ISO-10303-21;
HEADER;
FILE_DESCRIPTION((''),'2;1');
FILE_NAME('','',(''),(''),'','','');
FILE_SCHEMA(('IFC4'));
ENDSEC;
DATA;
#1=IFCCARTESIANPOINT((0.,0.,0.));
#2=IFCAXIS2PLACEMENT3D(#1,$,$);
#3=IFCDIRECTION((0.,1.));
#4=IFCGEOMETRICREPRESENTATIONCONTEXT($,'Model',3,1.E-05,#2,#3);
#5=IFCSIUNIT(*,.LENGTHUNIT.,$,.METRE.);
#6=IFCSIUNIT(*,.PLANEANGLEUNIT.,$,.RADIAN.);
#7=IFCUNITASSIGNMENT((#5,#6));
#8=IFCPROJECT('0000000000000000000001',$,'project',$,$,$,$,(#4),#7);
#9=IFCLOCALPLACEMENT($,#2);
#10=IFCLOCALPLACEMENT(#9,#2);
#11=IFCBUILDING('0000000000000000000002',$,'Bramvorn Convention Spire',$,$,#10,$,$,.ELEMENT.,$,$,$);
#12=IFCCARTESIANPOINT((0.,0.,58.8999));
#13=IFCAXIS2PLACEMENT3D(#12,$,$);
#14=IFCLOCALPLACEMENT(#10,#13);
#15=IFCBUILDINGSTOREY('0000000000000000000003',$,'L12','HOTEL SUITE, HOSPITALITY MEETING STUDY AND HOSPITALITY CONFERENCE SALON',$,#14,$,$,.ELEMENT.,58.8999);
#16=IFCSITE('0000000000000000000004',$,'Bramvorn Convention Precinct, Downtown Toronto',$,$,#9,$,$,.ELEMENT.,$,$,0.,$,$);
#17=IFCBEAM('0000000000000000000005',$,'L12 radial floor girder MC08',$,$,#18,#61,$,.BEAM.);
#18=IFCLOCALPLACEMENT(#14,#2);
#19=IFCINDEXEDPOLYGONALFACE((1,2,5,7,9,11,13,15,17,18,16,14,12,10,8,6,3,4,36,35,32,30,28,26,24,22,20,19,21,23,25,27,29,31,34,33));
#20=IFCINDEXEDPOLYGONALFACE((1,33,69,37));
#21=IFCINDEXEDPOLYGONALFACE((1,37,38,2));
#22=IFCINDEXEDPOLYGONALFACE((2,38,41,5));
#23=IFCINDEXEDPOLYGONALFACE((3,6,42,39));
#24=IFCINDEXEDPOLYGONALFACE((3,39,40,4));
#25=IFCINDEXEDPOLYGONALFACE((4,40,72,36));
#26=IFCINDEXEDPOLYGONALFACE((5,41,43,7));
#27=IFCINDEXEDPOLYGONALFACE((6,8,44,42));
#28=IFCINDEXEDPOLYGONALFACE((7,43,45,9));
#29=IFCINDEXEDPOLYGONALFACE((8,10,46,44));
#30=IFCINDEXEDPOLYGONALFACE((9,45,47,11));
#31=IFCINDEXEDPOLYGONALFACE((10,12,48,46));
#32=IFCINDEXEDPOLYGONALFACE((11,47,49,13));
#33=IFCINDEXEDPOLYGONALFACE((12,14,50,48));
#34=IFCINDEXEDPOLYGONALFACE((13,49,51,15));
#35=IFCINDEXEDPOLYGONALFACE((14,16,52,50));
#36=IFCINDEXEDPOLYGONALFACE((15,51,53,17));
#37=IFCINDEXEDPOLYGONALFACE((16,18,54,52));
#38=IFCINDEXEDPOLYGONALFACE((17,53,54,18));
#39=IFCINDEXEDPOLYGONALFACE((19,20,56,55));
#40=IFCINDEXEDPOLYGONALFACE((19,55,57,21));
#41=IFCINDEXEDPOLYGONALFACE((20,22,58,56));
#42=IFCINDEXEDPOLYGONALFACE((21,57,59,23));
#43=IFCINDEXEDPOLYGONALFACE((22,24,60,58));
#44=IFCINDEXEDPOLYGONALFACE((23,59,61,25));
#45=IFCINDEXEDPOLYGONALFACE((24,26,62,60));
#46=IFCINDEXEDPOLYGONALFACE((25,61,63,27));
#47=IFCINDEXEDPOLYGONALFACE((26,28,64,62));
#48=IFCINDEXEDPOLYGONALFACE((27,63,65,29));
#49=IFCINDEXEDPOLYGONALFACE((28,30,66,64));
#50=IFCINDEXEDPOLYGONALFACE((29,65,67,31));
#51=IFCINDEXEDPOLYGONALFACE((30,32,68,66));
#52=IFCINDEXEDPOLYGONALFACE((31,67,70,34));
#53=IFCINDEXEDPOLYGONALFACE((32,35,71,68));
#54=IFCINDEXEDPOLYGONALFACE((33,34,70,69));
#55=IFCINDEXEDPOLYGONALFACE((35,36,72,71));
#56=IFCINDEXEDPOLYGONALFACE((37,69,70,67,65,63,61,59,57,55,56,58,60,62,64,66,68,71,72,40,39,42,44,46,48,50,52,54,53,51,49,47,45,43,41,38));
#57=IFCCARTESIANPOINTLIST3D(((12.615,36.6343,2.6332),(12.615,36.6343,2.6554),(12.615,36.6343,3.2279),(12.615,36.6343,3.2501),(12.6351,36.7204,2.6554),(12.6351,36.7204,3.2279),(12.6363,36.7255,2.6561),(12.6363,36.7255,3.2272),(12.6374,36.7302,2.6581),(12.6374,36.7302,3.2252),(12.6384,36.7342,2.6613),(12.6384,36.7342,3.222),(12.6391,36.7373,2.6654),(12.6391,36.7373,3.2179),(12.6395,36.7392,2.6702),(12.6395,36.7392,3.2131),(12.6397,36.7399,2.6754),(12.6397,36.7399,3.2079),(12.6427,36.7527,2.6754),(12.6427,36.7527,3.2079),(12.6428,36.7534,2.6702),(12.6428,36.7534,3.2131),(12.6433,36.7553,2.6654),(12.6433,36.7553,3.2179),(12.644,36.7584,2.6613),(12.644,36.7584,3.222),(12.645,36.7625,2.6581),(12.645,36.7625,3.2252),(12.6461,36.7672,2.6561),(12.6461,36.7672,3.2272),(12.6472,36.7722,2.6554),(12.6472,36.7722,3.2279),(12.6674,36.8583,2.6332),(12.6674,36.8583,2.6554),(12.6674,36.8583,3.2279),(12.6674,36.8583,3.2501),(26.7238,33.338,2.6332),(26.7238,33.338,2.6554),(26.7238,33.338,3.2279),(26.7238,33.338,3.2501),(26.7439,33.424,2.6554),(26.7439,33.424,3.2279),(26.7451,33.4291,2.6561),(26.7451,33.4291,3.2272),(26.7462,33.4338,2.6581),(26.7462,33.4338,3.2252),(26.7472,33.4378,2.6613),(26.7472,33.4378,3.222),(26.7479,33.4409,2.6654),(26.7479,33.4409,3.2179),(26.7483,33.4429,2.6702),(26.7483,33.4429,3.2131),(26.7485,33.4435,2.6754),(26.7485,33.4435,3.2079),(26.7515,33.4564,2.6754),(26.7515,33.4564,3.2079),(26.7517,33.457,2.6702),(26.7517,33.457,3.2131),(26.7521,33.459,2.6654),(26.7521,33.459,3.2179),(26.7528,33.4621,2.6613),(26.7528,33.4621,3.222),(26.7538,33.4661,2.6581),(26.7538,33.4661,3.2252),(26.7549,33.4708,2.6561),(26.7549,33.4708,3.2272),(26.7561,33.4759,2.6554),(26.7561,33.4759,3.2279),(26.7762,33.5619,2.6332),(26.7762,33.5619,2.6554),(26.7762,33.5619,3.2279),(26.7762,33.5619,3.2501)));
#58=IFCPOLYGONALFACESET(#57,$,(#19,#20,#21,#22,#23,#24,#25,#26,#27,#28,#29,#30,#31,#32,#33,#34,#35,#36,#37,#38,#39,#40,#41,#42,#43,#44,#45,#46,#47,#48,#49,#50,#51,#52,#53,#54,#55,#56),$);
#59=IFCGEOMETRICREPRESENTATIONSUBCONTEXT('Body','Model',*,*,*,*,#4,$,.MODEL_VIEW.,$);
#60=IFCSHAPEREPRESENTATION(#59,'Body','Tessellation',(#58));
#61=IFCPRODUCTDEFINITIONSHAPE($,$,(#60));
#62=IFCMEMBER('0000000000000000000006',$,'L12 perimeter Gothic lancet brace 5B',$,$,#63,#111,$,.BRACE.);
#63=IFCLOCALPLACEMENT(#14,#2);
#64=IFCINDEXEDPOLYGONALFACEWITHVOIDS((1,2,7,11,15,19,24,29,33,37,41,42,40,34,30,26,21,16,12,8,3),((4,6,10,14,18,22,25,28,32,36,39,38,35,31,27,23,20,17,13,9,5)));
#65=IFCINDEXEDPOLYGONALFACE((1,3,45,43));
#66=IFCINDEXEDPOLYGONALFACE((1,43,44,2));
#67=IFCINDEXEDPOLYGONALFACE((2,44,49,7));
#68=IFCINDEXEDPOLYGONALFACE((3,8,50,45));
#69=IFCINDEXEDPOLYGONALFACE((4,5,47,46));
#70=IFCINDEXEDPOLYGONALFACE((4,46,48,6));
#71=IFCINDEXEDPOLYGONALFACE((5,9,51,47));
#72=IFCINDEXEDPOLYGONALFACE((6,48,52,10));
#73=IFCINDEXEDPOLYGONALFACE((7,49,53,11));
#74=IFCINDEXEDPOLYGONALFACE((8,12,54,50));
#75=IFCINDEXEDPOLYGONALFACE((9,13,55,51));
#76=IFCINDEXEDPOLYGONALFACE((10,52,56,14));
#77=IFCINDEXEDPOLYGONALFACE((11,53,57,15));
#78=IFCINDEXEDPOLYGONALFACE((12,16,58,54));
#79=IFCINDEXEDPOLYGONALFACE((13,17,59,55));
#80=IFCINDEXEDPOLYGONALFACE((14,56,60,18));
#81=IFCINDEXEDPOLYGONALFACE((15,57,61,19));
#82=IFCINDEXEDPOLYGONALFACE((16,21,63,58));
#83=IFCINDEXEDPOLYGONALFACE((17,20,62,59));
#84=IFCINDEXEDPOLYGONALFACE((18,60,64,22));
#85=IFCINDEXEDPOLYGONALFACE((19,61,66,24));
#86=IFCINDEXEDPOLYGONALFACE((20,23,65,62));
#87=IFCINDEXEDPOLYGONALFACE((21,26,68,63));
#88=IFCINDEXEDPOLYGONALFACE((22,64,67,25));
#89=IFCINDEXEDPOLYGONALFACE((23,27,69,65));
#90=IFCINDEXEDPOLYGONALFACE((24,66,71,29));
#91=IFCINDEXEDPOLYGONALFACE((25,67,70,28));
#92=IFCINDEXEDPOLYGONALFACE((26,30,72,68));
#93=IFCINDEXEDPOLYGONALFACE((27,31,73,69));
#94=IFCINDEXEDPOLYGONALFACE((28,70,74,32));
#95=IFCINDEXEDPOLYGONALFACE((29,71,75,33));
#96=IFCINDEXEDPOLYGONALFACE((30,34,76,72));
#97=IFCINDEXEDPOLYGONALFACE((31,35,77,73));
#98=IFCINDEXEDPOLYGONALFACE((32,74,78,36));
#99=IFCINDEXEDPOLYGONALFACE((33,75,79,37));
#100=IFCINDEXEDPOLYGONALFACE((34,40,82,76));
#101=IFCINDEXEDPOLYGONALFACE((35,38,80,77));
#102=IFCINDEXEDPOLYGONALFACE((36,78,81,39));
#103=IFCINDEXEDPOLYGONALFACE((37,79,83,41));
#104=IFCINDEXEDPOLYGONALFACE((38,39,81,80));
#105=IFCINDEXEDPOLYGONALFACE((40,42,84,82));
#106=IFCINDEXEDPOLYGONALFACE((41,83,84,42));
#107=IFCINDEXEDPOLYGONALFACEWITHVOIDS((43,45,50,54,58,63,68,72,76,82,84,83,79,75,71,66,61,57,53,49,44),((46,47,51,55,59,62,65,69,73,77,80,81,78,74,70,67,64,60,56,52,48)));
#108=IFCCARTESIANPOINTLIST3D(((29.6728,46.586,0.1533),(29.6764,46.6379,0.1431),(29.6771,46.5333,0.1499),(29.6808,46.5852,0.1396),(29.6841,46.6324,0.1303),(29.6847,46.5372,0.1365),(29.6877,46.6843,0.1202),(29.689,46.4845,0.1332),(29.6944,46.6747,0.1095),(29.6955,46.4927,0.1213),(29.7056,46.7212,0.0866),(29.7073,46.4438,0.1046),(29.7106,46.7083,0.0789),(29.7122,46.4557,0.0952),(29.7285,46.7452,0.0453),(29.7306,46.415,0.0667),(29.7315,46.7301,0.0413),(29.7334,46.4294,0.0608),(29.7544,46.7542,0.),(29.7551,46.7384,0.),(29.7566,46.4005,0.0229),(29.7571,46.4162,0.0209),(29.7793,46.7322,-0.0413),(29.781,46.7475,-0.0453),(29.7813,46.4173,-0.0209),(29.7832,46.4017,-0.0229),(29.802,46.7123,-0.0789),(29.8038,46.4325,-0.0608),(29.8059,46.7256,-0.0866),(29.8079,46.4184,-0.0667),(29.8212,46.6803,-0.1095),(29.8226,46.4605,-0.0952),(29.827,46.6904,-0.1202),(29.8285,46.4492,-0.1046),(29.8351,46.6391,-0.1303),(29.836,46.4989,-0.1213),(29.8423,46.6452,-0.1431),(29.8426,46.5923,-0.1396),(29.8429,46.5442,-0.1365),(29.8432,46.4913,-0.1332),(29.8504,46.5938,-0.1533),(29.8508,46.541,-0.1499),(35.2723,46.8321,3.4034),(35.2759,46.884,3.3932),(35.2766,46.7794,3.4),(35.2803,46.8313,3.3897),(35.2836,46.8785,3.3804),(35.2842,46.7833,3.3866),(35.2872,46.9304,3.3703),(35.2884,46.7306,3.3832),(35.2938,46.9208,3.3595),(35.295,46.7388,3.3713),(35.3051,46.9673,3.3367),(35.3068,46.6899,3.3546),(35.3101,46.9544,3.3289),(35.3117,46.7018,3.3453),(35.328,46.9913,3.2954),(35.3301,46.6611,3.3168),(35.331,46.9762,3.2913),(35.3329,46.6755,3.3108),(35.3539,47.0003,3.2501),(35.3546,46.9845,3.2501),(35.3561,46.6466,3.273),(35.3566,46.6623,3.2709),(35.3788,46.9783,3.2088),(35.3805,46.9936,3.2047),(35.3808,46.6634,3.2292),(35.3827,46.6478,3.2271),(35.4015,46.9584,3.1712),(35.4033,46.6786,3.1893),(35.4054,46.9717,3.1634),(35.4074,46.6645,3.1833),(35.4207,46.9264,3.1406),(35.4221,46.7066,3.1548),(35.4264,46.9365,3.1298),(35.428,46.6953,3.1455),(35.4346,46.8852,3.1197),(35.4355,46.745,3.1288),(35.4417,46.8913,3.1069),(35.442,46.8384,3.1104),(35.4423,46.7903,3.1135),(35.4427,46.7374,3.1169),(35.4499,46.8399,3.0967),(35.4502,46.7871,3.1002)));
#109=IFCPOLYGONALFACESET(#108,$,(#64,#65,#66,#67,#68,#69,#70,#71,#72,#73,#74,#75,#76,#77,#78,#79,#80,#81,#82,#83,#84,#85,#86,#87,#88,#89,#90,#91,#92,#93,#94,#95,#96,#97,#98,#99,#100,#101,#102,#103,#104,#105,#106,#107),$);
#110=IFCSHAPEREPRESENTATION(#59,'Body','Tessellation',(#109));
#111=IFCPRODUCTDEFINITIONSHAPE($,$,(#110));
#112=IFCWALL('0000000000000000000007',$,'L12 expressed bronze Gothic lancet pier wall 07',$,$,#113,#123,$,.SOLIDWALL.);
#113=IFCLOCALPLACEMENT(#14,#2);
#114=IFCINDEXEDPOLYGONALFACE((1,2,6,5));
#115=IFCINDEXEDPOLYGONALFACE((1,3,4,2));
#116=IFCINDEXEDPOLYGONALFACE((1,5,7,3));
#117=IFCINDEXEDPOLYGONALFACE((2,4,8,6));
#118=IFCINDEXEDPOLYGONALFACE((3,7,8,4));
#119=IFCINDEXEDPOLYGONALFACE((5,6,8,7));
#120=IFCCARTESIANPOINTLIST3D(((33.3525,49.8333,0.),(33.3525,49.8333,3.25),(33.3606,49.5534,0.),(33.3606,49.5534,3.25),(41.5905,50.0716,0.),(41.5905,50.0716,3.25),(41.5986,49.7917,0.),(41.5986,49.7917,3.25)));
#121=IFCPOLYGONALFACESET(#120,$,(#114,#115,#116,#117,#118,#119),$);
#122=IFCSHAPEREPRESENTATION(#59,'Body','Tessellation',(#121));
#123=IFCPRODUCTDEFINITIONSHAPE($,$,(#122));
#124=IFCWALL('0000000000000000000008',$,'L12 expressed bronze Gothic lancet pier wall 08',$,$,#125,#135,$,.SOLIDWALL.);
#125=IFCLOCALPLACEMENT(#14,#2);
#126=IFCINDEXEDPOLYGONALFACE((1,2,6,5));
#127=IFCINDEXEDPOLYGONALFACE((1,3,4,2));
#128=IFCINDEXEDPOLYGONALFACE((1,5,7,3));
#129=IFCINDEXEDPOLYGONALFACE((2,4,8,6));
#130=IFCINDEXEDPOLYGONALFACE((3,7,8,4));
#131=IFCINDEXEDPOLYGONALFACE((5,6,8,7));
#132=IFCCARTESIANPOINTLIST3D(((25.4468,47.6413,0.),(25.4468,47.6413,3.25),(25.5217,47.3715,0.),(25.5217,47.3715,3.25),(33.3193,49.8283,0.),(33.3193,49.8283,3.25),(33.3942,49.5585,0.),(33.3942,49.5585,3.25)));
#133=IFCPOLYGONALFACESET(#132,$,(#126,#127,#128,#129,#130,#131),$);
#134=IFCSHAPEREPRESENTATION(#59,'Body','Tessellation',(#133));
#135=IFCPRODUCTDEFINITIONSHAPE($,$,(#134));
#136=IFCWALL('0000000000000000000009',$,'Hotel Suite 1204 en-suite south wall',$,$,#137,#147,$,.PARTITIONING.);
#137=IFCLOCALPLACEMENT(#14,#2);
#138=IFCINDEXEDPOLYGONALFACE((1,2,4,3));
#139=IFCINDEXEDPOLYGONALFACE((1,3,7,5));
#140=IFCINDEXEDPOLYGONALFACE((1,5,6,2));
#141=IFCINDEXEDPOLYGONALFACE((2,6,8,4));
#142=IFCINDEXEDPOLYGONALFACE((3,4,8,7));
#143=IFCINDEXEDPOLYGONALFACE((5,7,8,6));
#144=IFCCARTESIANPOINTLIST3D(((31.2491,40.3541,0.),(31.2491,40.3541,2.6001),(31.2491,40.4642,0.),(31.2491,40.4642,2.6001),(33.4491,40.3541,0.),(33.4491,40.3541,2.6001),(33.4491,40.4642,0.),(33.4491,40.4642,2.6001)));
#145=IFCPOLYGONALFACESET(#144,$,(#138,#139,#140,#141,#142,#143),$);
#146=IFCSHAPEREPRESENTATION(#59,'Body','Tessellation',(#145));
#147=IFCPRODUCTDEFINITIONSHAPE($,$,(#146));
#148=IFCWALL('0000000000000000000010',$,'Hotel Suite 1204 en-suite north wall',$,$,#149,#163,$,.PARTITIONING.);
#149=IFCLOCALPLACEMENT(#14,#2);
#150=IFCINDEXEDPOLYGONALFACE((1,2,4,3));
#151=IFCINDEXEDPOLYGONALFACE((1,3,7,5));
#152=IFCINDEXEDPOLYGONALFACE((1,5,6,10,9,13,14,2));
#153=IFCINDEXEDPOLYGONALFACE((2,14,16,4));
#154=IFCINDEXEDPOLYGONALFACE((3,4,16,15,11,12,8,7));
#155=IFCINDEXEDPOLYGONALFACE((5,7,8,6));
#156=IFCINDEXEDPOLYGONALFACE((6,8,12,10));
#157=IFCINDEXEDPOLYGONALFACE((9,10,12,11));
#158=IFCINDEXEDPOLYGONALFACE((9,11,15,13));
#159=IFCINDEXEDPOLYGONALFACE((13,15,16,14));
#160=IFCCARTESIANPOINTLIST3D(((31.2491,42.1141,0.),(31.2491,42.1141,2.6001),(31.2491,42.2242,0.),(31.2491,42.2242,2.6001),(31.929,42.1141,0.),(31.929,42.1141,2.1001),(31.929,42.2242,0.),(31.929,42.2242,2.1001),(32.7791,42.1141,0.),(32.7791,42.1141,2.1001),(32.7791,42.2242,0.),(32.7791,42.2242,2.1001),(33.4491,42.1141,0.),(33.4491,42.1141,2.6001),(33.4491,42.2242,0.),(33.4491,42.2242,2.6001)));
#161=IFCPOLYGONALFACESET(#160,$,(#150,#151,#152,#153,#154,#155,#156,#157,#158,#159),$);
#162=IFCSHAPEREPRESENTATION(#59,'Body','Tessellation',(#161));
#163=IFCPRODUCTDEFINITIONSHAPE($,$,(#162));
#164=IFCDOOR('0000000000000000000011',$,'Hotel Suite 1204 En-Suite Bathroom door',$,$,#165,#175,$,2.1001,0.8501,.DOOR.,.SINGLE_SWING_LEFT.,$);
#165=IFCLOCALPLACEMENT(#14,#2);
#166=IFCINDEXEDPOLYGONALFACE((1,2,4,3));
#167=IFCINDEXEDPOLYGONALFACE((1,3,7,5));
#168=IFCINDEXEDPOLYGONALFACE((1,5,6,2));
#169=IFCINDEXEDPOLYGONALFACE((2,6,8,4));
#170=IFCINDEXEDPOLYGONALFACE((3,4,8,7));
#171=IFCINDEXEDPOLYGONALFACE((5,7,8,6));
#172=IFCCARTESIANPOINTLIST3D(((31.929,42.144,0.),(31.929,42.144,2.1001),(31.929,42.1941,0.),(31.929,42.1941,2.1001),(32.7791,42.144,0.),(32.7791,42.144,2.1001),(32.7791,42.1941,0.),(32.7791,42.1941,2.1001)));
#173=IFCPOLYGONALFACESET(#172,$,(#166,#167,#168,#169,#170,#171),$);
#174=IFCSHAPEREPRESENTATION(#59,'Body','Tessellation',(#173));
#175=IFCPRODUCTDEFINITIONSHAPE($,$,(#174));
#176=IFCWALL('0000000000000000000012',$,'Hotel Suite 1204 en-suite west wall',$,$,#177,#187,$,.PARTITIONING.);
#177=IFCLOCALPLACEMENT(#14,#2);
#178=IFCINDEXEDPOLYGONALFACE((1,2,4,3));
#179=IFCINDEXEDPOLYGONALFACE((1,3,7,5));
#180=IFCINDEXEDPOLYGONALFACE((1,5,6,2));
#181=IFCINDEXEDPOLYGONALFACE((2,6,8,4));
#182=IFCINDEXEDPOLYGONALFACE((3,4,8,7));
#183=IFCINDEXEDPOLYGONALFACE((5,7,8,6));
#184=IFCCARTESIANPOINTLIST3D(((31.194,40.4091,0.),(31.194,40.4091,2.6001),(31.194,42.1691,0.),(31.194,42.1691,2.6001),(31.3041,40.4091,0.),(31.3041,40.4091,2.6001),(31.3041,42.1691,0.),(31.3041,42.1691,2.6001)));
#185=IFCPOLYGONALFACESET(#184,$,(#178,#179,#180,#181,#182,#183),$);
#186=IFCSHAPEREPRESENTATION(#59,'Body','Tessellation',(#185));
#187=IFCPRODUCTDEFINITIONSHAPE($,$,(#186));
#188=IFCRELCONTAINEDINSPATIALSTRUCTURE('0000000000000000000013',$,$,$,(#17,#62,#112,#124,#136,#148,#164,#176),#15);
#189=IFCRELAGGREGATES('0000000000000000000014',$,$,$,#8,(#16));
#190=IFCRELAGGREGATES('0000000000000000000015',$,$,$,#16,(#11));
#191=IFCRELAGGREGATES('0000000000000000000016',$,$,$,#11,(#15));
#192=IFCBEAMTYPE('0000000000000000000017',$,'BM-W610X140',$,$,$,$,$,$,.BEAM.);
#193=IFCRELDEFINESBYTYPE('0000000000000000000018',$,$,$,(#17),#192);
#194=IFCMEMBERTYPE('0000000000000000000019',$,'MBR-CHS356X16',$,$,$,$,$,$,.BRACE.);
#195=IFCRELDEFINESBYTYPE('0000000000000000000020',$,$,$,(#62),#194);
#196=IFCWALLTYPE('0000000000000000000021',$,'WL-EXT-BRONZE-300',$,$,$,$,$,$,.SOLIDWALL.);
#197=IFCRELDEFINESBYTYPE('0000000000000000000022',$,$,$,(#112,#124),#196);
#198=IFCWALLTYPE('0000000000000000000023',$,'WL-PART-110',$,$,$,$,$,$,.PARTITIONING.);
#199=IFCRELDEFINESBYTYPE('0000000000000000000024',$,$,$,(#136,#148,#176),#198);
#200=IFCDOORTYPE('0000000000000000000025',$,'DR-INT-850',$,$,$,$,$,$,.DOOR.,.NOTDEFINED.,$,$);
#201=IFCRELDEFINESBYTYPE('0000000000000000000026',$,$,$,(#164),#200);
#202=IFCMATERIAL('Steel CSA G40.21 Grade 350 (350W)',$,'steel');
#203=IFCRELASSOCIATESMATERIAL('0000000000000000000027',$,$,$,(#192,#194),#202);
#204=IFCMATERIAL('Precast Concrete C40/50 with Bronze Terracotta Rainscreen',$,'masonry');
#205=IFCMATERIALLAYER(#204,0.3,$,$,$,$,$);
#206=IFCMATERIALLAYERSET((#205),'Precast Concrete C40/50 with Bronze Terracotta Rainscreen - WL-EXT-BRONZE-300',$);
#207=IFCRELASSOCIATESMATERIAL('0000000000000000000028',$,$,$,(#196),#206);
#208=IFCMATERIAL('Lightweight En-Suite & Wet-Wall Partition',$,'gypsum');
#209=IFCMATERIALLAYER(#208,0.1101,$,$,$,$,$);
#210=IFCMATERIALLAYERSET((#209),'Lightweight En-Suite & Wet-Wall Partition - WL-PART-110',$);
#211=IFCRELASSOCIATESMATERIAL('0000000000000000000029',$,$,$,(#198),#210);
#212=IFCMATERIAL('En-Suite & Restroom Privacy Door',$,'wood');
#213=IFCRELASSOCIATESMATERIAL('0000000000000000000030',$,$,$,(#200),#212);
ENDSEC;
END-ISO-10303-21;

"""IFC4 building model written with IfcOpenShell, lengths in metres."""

from ifc_helpers import new_model, si_unit, direction, frame, frame_2d, origin, origin_2d, place, context, subcontext, project, spatial, rectangle, hollow_circle, i_section, extrude, material, layer, layer_set, material_profile, profile_set, type_object, element, fill, save


model = new_model("IFC4")

# Units and contexts
model_context = context("Model", 3, precision=1e-05, world=origin(), true_north=direction((0.0, 1.0)))
body_context = subcontext(model_context, "Body", "Model", "MODEL_VIEW")
ifc_project = project(units=[si_unit("LENGTHUNIT", "METRE"), si_unit("PLANEANGLEUNIT", "RADIAN")], contexts=[model_context])

# Site, building, storey
site_placement = place(None, origin())
site = spatial("IfcSite", under=ifc_project, at=site_placement, Name="Bramvorn Convention Precinct, Downtown Toronto", CompositionType="ELEMENT", RefElevation=0.0)
building_placement = place(site_placement, origin())
building = spatial("IfcBuilding", under=site, at=building_placement, Name="Bramvorn Convention Spire", CompositionType="ELEMENT")
storey_placement = place(building_placement, frame((0.0, 0.0, 58.8999)))
storey = spatial("IfcBuildingStorey", under=building, at=storey_placement, Name="L12", Description="HOTEL SUITE, HOSPITALITY MEETING STUDY AND HOSPITALITY CONFERENCE SALON", CompositionType="ELEMENT", Elevation=58.8999)

# Shared definitions
ifc_material_1 = material(Name="Steel CSA G40.21 Grade 350 (350W)", Category="steel")

# Beam
ifc_material_profile_1 = material_profile(ifc_material_1, i_section(OverallWidth=0.23, OverallDepth=0.6169, WebThickness=0.0132, FlangeThickness=0.0222, FilletRadius=0.02, at=origin_2d()))
ifc_profile_set_1 = profile_set([ifc_material_profile_1], Name="Steel CSA G40.21 Grade 350 (350W) - W610X140")
beam_type_1 = type_object("IfcBeamType", Name="BM-W610X140", PredefinedType="BEAM", material=ifc_profile_set_1)
beam_1_placement = place(storey_placement, frame((26.75, 33.45, 2.9417), z_axis=(-0.973775, 0.227512, 0.0), x_axis=(-0.227512, -0.973775, 0.0)))
element("IfcBeam", 1, at=beam_1_placement, inside=storey, type_object=beam_type_1, Name="L12 radial floor girder MC08", PredefinedType="BEAM", context=body_context, shape_type="SweptSolid", body=[
    extrude(i_section(OverallWidth=0.23, OverallDepth=0.6169, WebThickness=0.0132, FlangeThickness=0.0222, FilletRadius=0.02, at=origin_2d()), origin(), (0.0, 0.0, 1.0), 14.4888),
])

# Member
ifc_material_profile_2 = material_profile(ifc_material_1, hollow_circle(Radius=0.1777, WallThickness=0.0159, at=origin_2d()))
ifc_profile_set_2 = profile_set([ifc_material_profile_2], Name="Steel CSA G40.21 Grade 350 (350W) - CHS356X16")
member_type = type_object("IfcMemberType", Name="MBR-CHS356X16", PredefinedType="BRACE", material=ifc_profile_set_2)
member_placement = place(storey_placement, frame((29.7622, 46.5767, 0.0), z_axis=(0.864248, 0.037984, 0.50163), x_axis=(-0.043908, 0.999036, 0.0)))
element("IfcMember", 2, at=member_placement, inside=storey, type_object=member_type, Name="L12 perimeter Gothic lancet brace 5B", PredefinedType="BRACE", context=body_context, shape_type="SweptSolid", body=[
    extrude(hollow_circle(Radius=0.1777, WallThickness=0.0159, at=origin_2d()), origin(), (0.0, 0.0, 1.0), 6.479),
])

# Walls
ifc_material_2 = material(Name="Precast Concrete C40/50 with Bronze Terracotta Rainscreen", Category="masonry")
ifc_layer_1 = layer(ifc_material_2, 0.3)
ifc_layer_set_1 = layer_set([ifc_layer_1], Name="Precast Concrete C40/50 with Bronze Terracotta Rainscreen - WL-EXT-BRONZE-300")
wall_type_1 = type_object("IfcWallType", Name="WL-EXT-BRONZE-300", PredefinedType="SOLIDWALL", material=ifc_layer_set_1)
wall_1_placement = place(storey_placement, frame((33.3567, 49.6934, 0.0), z_axis=(0.0, 0.0, 1.0), x_axis=(0.999582, 0.028912, 0.0)))
element("IfcWall", 3, at=wall_1_placement, inside=storey, type_object=wall_type_1, Name="L12 expressed bronze Gothic lancet pier wall 07", PredefinedType="SOLIDWALL", context=body_context, shape_type="SweptSolid", body=[
    extrude(rectangle(XDim=8.2415, YDim=0.28, at=frame_2d((4.1206, 0.0))), origin(), (0.0, 0.0, 1.0), 3.25),
])
wall_2_placement = place(storey_placement, frame((25.4841, 47.5063, 0.0), z_axis=(0.0, 0.0, 1.0), x_axis=(0.963512, 0.267665, 0.0)))
element("IfcWall", 4, at=wall_2_placement, inside=storey, type_object=wall_type_1, Name="L12 expressed bronze Gothic lancet pier wall 08", PredefinedType="SOLIDWALL", context=body_context, shape_type="SweptSolid", body=[
    extrude(rectangle(XDim=8.1707, YDim=0.28, at=frame_2d((4.0854, 0.0))), origin(), (0.0, 0.0, 1.0), 3.25),
])
ifc_material_3 = material(Name="Lightweight En-Suite & Wet-Wall Partition", Category="gypsum")
ifc_layer_2 = layer(ifc_material_3, 0.1101)
ifc_layer_set_2 = layer_set([ifc_layer_2], Name="Lightweight En-Suite & Wet-Wall Partition - WL-PART-110")
wall_type_2 = type_object("IfcWallType", Name="WL-PART-110", PredefinedType="PARTITIONING", material=ifc_layer_set_2)
wall_3_placement = place(storey_placement, frame((31.249, 40.4092, 0.0), z_axis=(0.0, 0.0, 1.0), x_axis=(1.0, 0.0, 0.0)))
element("IfcWall", 5, at=wall_3_placement, inside=storey, type_object=wall_type_2, Name="Hotel Suite 1204 en-suite south wall", PredefinedType="PARTITIONING", context=body_context, shape_type="SweptSolid", body=[
    extrude(rectangle(XDim=2.2, YDim=0.1101, at=frame_2d((1.1001, 0.0))), origin(), (0.0, 0.0, 1.0), 2.6001),
])

# Wall, opening, door
wall_4_placement = place(storey_placement, frame((31.249, 42.1692, 0.0), z_axis=(0.0, 0.0, 1.0), x_axis=(1.0, 0.0, 0.0)))
wall_4 = element("IfcWall", 6, at=wall_4_placement, inside=storey, type_object=wall_type_2, Name="Hotel Suite 1204 en-suite north wall", PredefinedType="PARTITIONING", context=body_context, shape_type="SweptSolid", body=[
    extrude(rectangle(XDim=2.2, YDim=0.1101, at=frame_2d((1.1001, 0.0))), origin(), (0.0, 0.0, 1.0), 2.6001),
])
opening_1_placement = place(wall_4_placement, frame((0.6799, 0.0, 0.0)))
opening_1 = element("IfcOpeningElement", 7, at=opening_1_placement, cuts=wall_4, PredefinedType="OPENING", context=body_context, shape_type="SweptSolid", body=[
    extrude(rectangle(XDim=0.8501, YDim=2.1001, at=frame_2d((0.425, 1.05))), frame((0.0, 0.0649, 0.0), z_axis=(0.0, -1.0, 0.0), x_axis=(1.0, 0.0, 0.0)), (0.0, 0.0, 1.0), 0.1301),
])
ifc_material_4 = material(Name="En-Suite & Restroom Privacy Door", Category="wood")
door_type_1 = type_object("IfcDoorType", Name="DR-INT-850", OperationType="NOTDEFINED", PredefinedType="DOOR", material=ifc_material_4)
door_1_placement = place(opening_1_placement, origin())
door_1 = element("IfcDoor", 8, at=door_1_placement, inside=storey, type_object=door_type_1, Name="Hotel Suite 1204 En-Suite Bathroom door", OperationType="SINGLE_SWING_LEFT", OverallHeight=2.1001, OverallWidth=0.8501, PredefinedType="DOOR", context=body_context, shape_type="SweptSolid", body=[
    extrude(rectangle(XDim=0.8501, YDim=2.1001, at=frame_2d((0.425, 1.05))), frame((0.0, 0.0249, 0.0), z_axis=(0.0, -1.0, 0.0), x_axis=(1.0, 0.0, 0.0)), (0.0, 0.0, 1.0), 0.05),
])
fill(opening_1, door_1)

# Wall
for number, where, z_axis, x_axis, name in (
    (9, (31.249, 40.4092, 0.0), (0.0, 0.0, 1.0), (0.0, 1.0, 0.0), "Hotel Suite 1204 en-suite west wall"),
):
    element("IfcWall", number, at=place(storey_placement, frame(where, z_axis=z_axis, x_axis=x_axis)), inside=storey, type_object=wall_type_2, Name=name, PredefinedType="PARTITIONING", context=body_context, shape_type="SweptSolid", body=[
        extrude(rectangle(XDim=1.76, YDim=0.1101, at=frame_2d((0.8799, 0.0))), origin(), (0.0, 0.0, 1.0), 2.6001),
    ])

save(model, "model.ifc")
